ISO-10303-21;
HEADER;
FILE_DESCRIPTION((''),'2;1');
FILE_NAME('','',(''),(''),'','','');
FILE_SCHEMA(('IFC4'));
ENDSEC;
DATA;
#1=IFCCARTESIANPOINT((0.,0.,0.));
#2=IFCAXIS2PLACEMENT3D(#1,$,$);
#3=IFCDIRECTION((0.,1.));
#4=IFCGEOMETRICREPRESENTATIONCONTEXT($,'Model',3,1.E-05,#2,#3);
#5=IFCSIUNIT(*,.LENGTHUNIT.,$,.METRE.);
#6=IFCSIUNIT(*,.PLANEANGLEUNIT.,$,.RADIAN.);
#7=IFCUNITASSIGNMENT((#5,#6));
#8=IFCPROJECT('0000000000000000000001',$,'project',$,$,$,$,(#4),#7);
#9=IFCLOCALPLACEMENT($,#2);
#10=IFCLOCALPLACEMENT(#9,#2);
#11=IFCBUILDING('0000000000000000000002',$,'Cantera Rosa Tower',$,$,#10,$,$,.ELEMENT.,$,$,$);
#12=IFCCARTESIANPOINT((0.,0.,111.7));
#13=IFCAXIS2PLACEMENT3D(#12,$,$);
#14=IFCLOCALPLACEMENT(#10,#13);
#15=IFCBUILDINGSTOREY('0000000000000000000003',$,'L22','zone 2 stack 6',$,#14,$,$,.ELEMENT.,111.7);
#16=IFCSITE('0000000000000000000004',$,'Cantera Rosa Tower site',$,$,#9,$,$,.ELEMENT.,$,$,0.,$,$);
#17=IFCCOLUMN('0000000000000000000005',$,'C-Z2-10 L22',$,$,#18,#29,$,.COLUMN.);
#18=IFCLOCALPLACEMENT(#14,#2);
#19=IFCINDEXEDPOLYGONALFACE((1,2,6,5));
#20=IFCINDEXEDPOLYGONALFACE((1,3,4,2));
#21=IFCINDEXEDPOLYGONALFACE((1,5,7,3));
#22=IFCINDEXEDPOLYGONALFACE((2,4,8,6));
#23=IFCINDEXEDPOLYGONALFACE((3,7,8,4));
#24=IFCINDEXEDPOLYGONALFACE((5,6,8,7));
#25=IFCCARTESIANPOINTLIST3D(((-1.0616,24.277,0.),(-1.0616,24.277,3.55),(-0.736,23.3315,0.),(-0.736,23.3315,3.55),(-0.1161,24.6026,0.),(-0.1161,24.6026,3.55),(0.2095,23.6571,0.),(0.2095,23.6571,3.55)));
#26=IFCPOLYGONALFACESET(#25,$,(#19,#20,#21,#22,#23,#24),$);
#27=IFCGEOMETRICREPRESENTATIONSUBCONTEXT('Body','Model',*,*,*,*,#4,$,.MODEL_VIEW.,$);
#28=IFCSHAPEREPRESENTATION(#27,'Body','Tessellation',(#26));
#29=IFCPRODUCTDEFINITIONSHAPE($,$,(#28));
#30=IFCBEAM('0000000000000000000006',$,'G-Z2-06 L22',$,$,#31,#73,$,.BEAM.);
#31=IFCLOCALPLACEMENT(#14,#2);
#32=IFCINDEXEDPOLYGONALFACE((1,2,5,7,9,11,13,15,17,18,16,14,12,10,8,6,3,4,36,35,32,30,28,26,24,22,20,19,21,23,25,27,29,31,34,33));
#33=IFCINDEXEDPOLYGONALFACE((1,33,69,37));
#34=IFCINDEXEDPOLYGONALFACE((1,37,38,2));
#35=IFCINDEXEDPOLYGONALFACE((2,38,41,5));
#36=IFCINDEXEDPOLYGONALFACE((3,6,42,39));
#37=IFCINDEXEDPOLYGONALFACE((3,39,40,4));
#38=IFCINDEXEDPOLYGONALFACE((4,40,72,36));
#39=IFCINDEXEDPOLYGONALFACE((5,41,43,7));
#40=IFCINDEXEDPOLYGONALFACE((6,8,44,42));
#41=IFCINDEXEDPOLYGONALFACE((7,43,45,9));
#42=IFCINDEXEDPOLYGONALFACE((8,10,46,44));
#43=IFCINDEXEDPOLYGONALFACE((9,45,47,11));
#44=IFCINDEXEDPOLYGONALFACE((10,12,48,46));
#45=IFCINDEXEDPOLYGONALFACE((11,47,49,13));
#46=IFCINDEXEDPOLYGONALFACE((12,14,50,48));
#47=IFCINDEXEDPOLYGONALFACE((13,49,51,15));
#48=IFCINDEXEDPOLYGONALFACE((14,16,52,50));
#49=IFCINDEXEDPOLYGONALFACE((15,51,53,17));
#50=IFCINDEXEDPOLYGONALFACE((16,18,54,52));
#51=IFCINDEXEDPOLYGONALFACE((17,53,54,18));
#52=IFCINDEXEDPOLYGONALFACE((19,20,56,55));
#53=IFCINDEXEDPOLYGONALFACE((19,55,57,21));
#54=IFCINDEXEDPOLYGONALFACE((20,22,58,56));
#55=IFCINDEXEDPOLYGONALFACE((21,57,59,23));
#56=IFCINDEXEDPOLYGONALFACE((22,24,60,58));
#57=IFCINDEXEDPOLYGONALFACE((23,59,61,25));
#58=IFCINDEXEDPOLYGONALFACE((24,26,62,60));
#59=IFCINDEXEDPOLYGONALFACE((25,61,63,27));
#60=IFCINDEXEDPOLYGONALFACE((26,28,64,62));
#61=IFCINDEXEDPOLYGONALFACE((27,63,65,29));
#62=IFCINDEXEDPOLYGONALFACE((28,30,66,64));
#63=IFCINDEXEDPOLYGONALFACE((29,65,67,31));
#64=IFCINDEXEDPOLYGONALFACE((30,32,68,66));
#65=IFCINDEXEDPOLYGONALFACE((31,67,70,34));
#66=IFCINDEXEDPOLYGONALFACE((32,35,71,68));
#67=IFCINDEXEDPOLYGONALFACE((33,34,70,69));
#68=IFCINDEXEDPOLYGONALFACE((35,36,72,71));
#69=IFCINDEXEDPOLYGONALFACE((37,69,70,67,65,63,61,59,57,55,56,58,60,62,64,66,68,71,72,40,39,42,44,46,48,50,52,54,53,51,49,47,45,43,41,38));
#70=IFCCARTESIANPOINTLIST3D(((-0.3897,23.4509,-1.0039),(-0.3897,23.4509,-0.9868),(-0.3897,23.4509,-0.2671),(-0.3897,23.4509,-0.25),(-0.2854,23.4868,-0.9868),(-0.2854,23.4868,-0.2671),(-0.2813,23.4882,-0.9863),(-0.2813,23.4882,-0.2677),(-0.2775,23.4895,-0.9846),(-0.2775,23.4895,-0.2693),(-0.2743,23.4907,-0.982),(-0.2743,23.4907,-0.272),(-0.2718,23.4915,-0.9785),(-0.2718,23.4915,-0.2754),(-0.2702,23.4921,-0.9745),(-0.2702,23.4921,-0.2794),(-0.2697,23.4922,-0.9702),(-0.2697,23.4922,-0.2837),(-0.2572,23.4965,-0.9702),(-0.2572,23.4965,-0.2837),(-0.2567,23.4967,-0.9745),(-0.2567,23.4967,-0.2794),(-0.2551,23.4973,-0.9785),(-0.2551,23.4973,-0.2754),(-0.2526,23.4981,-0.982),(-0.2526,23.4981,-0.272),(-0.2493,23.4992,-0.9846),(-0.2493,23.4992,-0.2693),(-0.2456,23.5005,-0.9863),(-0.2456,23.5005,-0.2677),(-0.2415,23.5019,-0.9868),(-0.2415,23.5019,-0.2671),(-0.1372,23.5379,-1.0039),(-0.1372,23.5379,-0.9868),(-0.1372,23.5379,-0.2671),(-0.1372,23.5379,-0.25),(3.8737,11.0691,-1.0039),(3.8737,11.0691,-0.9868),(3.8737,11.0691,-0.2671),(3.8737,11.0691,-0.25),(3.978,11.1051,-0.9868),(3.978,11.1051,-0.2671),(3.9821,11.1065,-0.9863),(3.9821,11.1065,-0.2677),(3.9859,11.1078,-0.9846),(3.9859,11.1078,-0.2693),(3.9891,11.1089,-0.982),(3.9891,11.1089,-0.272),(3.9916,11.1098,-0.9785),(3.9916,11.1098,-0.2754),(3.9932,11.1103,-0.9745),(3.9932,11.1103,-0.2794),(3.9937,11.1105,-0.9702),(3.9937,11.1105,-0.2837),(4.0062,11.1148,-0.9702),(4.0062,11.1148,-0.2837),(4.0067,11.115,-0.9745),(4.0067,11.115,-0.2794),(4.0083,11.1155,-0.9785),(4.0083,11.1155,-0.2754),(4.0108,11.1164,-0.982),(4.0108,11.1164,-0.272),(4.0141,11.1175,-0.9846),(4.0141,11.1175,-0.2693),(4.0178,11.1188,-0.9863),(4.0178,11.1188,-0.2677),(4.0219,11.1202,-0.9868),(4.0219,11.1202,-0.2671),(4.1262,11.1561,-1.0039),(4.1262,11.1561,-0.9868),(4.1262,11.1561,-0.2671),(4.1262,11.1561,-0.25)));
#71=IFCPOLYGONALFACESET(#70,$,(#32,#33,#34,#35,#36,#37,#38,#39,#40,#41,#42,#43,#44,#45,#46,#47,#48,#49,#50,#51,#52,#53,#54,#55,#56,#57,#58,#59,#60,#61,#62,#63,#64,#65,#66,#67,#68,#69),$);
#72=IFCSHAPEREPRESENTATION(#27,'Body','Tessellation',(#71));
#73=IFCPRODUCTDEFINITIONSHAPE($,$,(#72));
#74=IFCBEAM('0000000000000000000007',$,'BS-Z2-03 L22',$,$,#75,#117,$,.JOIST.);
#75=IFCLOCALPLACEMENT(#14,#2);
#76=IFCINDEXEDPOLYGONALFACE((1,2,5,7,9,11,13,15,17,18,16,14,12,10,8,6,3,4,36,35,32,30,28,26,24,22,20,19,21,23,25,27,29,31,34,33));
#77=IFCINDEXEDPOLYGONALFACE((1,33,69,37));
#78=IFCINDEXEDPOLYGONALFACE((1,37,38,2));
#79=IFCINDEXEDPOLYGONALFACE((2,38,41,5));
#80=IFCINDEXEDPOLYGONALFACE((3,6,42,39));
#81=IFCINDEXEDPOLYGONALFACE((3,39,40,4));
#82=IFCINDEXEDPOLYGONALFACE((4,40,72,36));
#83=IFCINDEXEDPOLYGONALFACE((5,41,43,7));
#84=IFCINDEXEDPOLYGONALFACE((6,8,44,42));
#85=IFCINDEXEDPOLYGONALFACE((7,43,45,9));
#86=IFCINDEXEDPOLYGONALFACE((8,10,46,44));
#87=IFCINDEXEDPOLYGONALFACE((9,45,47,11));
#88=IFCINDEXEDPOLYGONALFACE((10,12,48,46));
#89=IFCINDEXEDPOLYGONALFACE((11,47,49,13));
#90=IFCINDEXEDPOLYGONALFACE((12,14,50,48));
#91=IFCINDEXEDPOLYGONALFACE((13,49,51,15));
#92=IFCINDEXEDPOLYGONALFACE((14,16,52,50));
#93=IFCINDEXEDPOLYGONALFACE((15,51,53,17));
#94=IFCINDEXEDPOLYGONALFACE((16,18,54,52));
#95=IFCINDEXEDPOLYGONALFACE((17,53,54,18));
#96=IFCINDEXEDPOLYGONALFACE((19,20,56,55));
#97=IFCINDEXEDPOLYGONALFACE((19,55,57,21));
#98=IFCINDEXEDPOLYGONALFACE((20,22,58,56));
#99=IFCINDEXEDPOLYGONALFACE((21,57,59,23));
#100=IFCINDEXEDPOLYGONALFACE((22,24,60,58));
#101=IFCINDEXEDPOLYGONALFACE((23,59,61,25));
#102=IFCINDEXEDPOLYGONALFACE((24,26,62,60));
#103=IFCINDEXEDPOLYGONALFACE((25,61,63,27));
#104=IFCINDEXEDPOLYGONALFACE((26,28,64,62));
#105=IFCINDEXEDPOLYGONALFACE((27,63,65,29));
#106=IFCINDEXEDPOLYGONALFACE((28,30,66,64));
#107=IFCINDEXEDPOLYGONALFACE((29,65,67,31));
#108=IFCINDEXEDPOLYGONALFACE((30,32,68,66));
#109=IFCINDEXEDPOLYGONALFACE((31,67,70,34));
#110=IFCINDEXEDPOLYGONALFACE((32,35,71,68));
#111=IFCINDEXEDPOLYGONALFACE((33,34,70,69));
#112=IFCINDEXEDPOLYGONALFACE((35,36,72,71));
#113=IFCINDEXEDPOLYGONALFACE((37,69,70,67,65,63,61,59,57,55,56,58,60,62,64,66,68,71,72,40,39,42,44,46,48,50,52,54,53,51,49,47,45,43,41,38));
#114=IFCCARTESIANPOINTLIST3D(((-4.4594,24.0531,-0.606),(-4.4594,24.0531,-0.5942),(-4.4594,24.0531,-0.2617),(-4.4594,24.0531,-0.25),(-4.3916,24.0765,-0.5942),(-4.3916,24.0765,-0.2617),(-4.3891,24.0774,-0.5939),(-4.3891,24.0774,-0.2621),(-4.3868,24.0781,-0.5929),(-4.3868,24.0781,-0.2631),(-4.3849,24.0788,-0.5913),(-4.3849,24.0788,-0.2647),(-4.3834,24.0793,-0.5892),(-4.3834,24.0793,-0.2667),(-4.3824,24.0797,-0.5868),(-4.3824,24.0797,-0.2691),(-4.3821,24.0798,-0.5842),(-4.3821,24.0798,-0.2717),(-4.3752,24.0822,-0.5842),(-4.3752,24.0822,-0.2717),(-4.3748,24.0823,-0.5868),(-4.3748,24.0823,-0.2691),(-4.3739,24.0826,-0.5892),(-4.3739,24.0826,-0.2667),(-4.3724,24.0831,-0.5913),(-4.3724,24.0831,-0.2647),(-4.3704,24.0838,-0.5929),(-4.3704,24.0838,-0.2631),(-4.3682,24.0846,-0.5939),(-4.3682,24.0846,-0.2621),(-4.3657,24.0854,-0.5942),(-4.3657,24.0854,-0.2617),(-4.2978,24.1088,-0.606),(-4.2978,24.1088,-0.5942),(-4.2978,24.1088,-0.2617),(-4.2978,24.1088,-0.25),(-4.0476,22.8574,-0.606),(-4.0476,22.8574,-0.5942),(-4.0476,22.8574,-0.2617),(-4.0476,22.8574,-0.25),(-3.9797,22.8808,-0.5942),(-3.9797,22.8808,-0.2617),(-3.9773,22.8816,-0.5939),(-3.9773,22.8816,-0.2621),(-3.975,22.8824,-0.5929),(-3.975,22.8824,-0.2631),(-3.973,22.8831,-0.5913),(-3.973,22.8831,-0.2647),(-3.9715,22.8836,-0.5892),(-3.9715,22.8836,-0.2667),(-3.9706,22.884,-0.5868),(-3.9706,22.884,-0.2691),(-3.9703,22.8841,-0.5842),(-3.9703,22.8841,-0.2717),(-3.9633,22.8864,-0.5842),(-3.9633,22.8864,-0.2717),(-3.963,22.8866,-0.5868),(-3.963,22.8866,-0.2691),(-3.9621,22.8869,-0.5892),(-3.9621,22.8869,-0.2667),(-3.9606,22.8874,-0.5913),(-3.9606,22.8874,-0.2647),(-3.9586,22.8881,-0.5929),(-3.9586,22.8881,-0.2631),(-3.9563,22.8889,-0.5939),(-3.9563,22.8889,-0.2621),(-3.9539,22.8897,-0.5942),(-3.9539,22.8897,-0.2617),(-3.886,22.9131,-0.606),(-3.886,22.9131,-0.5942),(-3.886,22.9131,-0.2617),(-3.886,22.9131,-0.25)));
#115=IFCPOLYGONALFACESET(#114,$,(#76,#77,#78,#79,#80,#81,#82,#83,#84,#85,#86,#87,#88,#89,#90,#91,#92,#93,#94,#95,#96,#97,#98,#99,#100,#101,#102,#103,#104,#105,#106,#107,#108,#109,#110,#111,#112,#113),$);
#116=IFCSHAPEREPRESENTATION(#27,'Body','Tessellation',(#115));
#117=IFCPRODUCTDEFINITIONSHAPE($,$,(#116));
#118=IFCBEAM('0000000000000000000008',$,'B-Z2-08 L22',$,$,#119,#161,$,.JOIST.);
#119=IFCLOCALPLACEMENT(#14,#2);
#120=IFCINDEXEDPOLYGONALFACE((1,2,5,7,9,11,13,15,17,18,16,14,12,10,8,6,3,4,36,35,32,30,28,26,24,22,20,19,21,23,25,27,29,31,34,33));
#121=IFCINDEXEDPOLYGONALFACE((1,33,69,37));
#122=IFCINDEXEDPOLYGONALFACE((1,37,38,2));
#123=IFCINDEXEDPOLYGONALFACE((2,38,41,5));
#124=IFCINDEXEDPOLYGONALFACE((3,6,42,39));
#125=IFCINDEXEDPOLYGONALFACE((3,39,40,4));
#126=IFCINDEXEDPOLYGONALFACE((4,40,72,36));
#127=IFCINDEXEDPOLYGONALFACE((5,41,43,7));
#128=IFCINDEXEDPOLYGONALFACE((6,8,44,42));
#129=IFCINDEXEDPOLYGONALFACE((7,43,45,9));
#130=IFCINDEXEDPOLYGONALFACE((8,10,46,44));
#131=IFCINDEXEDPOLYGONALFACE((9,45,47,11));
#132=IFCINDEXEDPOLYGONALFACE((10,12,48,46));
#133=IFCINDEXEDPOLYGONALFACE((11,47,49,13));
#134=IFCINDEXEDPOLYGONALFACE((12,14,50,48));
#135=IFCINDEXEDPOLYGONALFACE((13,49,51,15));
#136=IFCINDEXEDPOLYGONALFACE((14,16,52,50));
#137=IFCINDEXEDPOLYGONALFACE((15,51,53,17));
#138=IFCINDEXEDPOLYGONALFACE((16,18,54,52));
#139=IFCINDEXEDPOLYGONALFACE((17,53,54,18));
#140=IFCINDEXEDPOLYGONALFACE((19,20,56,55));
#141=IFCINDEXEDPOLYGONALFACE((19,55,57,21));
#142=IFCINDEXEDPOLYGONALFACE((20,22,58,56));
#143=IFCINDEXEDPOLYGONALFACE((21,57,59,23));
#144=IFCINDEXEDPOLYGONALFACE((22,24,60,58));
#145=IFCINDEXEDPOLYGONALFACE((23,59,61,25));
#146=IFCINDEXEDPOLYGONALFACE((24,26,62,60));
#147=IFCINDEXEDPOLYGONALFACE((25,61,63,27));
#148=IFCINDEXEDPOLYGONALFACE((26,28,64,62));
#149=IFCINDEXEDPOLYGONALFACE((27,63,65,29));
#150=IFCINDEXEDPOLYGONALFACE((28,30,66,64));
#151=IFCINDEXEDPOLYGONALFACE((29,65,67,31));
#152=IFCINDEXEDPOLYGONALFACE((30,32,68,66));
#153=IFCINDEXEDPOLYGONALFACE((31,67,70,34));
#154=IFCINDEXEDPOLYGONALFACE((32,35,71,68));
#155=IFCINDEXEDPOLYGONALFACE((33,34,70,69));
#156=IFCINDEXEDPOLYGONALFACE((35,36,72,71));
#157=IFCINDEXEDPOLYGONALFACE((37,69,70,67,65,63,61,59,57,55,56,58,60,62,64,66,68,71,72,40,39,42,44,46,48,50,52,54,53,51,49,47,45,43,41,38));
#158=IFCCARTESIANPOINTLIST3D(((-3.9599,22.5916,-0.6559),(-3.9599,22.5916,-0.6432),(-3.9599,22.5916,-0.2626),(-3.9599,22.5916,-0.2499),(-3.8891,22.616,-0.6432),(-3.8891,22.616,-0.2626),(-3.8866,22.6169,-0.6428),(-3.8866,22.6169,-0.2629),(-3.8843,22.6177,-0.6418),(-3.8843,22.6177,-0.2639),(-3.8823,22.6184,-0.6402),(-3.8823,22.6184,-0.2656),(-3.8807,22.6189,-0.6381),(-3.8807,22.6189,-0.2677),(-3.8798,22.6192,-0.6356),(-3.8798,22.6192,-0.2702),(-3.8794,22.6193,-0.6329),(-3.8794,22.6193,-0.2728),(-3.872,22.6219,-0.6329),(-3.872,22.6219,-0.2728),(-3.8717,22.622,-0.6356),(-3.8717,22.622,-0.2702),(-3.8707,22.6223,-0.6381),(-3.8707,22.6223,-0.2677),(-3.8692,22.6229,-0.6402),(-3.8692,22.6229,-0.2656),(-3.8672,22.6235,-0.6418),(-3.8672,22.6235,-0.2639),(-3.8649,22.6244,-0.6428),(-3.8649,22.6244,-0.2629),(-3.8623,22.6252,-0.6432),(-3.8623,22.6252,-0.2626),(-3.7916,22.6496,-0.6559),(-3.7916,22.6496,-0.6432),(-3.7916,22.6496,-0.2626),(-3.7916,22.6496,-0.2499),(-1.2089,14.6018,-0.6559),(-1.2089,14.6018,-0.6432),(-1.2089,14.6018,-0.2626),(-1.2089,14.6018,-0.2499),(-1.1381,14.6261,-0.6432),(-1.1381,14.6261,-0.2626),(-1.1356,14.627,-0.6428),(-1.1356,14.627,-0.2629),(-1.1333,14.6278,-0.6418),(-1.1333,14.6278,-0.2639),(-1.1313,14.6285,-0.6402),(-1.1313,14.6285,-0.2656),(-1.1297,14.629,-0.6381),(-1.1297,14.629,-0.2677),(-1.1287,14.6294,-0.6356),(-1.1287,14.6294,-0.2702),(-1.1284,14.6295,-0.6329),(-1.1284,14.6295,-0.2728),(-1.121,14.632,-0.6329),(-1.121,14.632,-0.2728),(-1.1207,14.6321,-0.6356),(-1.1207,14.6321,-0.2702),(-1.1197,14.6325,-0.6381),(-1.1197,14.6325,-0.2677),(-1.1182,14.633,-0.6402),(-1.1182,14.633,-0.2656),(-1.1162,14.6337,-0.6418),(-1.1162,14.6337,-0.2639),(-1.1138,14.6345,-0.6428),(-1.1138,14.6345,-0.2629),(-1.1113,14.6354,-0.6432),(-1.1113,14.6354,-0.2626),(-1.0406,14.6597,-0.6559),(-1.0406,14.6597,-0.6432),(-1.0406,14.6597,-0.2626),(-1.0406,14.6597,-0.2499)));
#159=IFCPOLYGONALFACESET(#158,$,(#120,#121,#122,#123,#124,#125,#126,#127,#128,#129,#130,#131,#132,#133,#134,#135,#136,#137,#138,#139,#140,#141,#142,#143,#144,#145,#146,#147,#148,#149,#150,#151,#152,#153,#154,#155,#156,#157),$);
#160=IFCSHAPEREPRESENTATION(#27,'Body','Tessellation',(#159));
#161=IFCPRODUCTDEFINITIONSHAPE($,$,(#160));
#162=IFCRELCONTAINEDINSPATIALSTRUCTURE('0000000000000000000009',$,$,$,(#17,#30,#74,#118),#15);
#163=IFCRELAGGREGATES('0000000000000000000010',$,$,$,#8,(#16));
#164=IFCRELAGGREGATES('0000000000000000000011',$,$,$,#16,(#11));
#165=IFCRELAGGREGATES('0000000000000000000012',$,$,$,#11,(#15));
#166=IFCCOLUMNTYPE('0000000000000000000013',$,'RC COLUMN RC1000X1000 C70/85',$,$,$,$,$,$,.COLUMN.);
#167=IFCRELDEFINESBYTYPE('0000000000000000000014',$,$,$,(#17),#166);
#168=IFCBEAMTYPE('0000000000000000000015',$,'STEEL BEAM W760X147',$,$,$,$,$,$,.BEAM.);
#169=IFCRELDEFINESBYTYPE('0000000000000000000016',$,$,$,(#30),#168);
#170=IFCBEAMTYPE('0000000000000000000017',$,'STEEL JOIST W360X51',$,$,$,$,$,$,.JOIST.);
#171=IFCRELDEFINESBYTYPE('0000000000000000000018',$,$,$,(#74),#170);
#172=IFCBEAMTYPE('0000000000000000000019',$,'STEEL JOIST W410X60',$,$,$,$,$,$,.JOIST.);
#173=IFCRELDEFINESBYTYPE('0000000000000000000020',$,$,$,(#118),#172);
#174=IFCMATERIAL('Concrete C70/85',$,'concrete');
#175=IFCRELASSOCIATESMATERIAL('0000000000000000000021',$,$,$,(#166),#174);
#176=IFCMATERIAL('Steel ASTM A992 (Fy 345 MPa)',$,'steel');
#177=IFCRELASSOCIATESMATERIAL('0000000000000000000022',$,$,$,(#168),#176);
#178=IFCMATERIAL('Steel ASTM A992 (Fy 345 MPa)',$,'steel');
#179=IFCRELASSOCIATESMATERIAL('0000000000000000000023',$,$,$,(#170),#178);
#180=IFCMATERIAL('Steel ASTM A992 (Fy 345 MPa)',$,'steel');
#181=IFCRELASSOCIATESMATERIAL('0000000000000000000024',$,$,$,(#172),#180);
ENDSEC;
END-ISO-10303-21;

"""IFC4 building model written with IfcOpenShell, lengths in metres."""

from ifc_helpers import new_model, si_unit, direction, frame, origin, origin_2d, place, context, subcontext, project, spatial, rectangle, i_section, extrude, material, material_profile, profile_set, type_object, element, save


model = new_model("IFC4")

# Units and contexts
model_context = context("Model", 3, precision=1e-05, world=origin(), true_north=direction((0.0, 1.0)))
body_context = subcontext(model_context, "Body", "Model", "MODEL_VIEW")
ifc_project = project(units=[si_unit("LENGTHUNIT", "METRE"), si_unit("PLANEANGLEUNIT", "RADIAN")], contexts=[model_context])

# Site, building, storey
site_placement = place(None, origin())
site = spatial("IfcSite", under=ifc_project, at=site_placement, Name="Cantera Rosa Tower site", CompositionType="ELEMENT", RefElevation=0.0)
building_placement = place(site_placement, origin())
building = spatial("IfcBuilding", under=site, at=building_placement, Name="Cantera Rosa Tower", CompositionType="ELEMENT")
storey_placement = place(building_placement, frame((0.0, 0.0, 111.7)))
storey = spatial("IfcBuildingStorey", under=building, at=storey_placement, Name="L22", Description="zone 2 stack 6", CompositionType="ELEMENT", Elevation=111.7)

# Column
ifc_material_1 = material(Name="Concrete C70/85", Category="concrete")
ifc_material_profile_1 = material_profile(ifc_material_1, rectangle(XDim=1.0, YDim=1.0, at=origin_2d()), Name="RC COLUMN RC1000X1000 C70/85")
ifc_profile_set_1 = profile_set([ifc_material_profile_1], Name="Concrete C70/85")
column_type = type_object("IfcColumnType", Name="RC COLUMN RC1000X1000 C70/85", PredefinedType="COLUMN", material=ifc_profile_set_1)
column_placement = place(storey_placement, frame((-0.426, 23.967, 0.0), z_axis=(0.0, 0.0, 1.0), x_axis=(0.945519, 0.325568, 0.0)))
element("IfcColumn", 1, at=column_placement, inside=storey, type_object=column_type, Name="C-Z2-10 L22", PredefinedType="COLUMN", context=body_context, shape_type="SweptSolid", body=[
    extrude(rectangle(XDim=1.0, YDim=1.0, at=origin_2d()), origin(), (0.0, 0.0, 1.0), 3.55),
])

# Beams
ifc_material_2 = material(Name="Steel ASTM A992 (Fy 345 MPa)", Category="steel")
ifc_material_profile_2 = material_profile(ifc_material_2, i_section(OverallWidth=0.2671, OverallDepth=0.7539, WebThickness=0.0132, FlangeThickness=0.0171, FilletRadius=0.0166, at=origin_2d()), Name="W760X147")
ifc_profile_set_2 = profile_set([ifc_material_profile_2], Name="Steel ASTM A992 (Fy 345 MPa)")
beam_type_1 = type_object("IfcBeamType", Name="STEEL BEAM W760X147", PredefinedType="BEAM", material=ifc_profile_set_2)
beam_1_placement = place(storey_placement, frame((-0.2634, 23.4944, -0.627), z_axis=(0.32557, -0.945518, 0.0), x_axis=(0.945518, 0.32557, 0.0)))
element("IfcBeam", 2, at=beam_1_placement, inside=storey, type_object=beam_type_1, Name="G-Z2-06 L22", PredefinedType="BEAM", context=body_context, shape_type="SweptSolid", body=[
    extrude(i_section(OverallWidth=0.2671, OverallDepth=0.7539, WebThickness=0.0132, FlangeThickness=0.0171, FilletRadius=0.0166, at=origin_2d()), origin(), (0.0, 0.0, 1.0), 13.0952),
])
ifc_material_3 = material(Name="Steel ASTM A992 (Fy 345 MPa)", Category="steel")
ifc_material_profile_3 = material_profile(ifc_material_3, i_section(OverallWidth=0.1709, OverallDepth=0.356, WebThickness=0.0073, FlangeThickness=0.0117, FilletRadius=0.01, at=origin_2d()), Name="W360X51")
ifc_profile_set_3 = profile_set([ifc_material_profile_3], Name="Steel ASTM A992 (Fy 345 MPa)")
beam_type_2 = type_object("IfcBeamType", Name="STEEL JOIST W360X51", PredefinedType="JOIST", material=ifc_profile_set_3)
beam_2_placement = place(storey_placement, frame((-3.9668, 22.8853, -0.428), z_axis=(-0.325652, 0.94549, 0.0), x_axis=(-0.94549, -0.325652, 0.0)))
element("IfcBeam", 3, at=beam_2_placement, inside=storey, type_object=beam_type_2, Name="BS-Z2-03 L22", PredefinedType="JOIST", context=body_context, shape_type="SweptSolid", body=[
    extrude(i_section(OverallWidth=0.1709, OverallDepth=0.356, WebThickness=0.0073, FlangeThickness=0.0117, FilletRadius=0.01, at=origin_2d()), origin(), (0.0, 0.0, 1.0), 1.2646),
])
ifc_material_4 = material(Name="Steel ASTM A992 (Fy 345 MPa)", Category="steel")
ifc_material_profile_4 = material_profile(ifc_material_4, i_section(OverallWidth=0.178, OverallDepth=0.406, WebThickness=0.0078, FlangeThickness=0.0127, FilletRadius=0.0103, at=origin_2d()), Name="W410X60")
ifc_profile_set_4 = profile_set([ifc_material_profile_4], Name="Steel ASTM A992 (Fy 345 MPa)")
beam_type_3 = type_object("IfcBeamType", Name="STEEL JOIST W410X60", PredefinedType="JOIST", material=ifc_profile_set_4)
beam_3_placement = place(storey_placement, frame((-3.8757, 22.6206, -0.4529), z_axis=(0.325556, -0.945523, 0.0), x_axis=(0.945523, 0.325556, 0.0)))
element("IfcBeam", 4, at=beam_3_placement, inside=storey, type_object=beam_type_3, Name="B-Z2-08 L22", PredefinedType="JOIST", context=body_context, shape_type="SweptSolid", body=[
    extrude(i_section(OverallWidth=0.178, OverallDepth=0.406, WebThickness=0.0078, FlangeThickness=0.0127, FilletRadius=0.0103, at=origin_2d()), origin(), (0.0, 0.0, 1.0), 8.4502),
])

save(model, "model.ifc")
